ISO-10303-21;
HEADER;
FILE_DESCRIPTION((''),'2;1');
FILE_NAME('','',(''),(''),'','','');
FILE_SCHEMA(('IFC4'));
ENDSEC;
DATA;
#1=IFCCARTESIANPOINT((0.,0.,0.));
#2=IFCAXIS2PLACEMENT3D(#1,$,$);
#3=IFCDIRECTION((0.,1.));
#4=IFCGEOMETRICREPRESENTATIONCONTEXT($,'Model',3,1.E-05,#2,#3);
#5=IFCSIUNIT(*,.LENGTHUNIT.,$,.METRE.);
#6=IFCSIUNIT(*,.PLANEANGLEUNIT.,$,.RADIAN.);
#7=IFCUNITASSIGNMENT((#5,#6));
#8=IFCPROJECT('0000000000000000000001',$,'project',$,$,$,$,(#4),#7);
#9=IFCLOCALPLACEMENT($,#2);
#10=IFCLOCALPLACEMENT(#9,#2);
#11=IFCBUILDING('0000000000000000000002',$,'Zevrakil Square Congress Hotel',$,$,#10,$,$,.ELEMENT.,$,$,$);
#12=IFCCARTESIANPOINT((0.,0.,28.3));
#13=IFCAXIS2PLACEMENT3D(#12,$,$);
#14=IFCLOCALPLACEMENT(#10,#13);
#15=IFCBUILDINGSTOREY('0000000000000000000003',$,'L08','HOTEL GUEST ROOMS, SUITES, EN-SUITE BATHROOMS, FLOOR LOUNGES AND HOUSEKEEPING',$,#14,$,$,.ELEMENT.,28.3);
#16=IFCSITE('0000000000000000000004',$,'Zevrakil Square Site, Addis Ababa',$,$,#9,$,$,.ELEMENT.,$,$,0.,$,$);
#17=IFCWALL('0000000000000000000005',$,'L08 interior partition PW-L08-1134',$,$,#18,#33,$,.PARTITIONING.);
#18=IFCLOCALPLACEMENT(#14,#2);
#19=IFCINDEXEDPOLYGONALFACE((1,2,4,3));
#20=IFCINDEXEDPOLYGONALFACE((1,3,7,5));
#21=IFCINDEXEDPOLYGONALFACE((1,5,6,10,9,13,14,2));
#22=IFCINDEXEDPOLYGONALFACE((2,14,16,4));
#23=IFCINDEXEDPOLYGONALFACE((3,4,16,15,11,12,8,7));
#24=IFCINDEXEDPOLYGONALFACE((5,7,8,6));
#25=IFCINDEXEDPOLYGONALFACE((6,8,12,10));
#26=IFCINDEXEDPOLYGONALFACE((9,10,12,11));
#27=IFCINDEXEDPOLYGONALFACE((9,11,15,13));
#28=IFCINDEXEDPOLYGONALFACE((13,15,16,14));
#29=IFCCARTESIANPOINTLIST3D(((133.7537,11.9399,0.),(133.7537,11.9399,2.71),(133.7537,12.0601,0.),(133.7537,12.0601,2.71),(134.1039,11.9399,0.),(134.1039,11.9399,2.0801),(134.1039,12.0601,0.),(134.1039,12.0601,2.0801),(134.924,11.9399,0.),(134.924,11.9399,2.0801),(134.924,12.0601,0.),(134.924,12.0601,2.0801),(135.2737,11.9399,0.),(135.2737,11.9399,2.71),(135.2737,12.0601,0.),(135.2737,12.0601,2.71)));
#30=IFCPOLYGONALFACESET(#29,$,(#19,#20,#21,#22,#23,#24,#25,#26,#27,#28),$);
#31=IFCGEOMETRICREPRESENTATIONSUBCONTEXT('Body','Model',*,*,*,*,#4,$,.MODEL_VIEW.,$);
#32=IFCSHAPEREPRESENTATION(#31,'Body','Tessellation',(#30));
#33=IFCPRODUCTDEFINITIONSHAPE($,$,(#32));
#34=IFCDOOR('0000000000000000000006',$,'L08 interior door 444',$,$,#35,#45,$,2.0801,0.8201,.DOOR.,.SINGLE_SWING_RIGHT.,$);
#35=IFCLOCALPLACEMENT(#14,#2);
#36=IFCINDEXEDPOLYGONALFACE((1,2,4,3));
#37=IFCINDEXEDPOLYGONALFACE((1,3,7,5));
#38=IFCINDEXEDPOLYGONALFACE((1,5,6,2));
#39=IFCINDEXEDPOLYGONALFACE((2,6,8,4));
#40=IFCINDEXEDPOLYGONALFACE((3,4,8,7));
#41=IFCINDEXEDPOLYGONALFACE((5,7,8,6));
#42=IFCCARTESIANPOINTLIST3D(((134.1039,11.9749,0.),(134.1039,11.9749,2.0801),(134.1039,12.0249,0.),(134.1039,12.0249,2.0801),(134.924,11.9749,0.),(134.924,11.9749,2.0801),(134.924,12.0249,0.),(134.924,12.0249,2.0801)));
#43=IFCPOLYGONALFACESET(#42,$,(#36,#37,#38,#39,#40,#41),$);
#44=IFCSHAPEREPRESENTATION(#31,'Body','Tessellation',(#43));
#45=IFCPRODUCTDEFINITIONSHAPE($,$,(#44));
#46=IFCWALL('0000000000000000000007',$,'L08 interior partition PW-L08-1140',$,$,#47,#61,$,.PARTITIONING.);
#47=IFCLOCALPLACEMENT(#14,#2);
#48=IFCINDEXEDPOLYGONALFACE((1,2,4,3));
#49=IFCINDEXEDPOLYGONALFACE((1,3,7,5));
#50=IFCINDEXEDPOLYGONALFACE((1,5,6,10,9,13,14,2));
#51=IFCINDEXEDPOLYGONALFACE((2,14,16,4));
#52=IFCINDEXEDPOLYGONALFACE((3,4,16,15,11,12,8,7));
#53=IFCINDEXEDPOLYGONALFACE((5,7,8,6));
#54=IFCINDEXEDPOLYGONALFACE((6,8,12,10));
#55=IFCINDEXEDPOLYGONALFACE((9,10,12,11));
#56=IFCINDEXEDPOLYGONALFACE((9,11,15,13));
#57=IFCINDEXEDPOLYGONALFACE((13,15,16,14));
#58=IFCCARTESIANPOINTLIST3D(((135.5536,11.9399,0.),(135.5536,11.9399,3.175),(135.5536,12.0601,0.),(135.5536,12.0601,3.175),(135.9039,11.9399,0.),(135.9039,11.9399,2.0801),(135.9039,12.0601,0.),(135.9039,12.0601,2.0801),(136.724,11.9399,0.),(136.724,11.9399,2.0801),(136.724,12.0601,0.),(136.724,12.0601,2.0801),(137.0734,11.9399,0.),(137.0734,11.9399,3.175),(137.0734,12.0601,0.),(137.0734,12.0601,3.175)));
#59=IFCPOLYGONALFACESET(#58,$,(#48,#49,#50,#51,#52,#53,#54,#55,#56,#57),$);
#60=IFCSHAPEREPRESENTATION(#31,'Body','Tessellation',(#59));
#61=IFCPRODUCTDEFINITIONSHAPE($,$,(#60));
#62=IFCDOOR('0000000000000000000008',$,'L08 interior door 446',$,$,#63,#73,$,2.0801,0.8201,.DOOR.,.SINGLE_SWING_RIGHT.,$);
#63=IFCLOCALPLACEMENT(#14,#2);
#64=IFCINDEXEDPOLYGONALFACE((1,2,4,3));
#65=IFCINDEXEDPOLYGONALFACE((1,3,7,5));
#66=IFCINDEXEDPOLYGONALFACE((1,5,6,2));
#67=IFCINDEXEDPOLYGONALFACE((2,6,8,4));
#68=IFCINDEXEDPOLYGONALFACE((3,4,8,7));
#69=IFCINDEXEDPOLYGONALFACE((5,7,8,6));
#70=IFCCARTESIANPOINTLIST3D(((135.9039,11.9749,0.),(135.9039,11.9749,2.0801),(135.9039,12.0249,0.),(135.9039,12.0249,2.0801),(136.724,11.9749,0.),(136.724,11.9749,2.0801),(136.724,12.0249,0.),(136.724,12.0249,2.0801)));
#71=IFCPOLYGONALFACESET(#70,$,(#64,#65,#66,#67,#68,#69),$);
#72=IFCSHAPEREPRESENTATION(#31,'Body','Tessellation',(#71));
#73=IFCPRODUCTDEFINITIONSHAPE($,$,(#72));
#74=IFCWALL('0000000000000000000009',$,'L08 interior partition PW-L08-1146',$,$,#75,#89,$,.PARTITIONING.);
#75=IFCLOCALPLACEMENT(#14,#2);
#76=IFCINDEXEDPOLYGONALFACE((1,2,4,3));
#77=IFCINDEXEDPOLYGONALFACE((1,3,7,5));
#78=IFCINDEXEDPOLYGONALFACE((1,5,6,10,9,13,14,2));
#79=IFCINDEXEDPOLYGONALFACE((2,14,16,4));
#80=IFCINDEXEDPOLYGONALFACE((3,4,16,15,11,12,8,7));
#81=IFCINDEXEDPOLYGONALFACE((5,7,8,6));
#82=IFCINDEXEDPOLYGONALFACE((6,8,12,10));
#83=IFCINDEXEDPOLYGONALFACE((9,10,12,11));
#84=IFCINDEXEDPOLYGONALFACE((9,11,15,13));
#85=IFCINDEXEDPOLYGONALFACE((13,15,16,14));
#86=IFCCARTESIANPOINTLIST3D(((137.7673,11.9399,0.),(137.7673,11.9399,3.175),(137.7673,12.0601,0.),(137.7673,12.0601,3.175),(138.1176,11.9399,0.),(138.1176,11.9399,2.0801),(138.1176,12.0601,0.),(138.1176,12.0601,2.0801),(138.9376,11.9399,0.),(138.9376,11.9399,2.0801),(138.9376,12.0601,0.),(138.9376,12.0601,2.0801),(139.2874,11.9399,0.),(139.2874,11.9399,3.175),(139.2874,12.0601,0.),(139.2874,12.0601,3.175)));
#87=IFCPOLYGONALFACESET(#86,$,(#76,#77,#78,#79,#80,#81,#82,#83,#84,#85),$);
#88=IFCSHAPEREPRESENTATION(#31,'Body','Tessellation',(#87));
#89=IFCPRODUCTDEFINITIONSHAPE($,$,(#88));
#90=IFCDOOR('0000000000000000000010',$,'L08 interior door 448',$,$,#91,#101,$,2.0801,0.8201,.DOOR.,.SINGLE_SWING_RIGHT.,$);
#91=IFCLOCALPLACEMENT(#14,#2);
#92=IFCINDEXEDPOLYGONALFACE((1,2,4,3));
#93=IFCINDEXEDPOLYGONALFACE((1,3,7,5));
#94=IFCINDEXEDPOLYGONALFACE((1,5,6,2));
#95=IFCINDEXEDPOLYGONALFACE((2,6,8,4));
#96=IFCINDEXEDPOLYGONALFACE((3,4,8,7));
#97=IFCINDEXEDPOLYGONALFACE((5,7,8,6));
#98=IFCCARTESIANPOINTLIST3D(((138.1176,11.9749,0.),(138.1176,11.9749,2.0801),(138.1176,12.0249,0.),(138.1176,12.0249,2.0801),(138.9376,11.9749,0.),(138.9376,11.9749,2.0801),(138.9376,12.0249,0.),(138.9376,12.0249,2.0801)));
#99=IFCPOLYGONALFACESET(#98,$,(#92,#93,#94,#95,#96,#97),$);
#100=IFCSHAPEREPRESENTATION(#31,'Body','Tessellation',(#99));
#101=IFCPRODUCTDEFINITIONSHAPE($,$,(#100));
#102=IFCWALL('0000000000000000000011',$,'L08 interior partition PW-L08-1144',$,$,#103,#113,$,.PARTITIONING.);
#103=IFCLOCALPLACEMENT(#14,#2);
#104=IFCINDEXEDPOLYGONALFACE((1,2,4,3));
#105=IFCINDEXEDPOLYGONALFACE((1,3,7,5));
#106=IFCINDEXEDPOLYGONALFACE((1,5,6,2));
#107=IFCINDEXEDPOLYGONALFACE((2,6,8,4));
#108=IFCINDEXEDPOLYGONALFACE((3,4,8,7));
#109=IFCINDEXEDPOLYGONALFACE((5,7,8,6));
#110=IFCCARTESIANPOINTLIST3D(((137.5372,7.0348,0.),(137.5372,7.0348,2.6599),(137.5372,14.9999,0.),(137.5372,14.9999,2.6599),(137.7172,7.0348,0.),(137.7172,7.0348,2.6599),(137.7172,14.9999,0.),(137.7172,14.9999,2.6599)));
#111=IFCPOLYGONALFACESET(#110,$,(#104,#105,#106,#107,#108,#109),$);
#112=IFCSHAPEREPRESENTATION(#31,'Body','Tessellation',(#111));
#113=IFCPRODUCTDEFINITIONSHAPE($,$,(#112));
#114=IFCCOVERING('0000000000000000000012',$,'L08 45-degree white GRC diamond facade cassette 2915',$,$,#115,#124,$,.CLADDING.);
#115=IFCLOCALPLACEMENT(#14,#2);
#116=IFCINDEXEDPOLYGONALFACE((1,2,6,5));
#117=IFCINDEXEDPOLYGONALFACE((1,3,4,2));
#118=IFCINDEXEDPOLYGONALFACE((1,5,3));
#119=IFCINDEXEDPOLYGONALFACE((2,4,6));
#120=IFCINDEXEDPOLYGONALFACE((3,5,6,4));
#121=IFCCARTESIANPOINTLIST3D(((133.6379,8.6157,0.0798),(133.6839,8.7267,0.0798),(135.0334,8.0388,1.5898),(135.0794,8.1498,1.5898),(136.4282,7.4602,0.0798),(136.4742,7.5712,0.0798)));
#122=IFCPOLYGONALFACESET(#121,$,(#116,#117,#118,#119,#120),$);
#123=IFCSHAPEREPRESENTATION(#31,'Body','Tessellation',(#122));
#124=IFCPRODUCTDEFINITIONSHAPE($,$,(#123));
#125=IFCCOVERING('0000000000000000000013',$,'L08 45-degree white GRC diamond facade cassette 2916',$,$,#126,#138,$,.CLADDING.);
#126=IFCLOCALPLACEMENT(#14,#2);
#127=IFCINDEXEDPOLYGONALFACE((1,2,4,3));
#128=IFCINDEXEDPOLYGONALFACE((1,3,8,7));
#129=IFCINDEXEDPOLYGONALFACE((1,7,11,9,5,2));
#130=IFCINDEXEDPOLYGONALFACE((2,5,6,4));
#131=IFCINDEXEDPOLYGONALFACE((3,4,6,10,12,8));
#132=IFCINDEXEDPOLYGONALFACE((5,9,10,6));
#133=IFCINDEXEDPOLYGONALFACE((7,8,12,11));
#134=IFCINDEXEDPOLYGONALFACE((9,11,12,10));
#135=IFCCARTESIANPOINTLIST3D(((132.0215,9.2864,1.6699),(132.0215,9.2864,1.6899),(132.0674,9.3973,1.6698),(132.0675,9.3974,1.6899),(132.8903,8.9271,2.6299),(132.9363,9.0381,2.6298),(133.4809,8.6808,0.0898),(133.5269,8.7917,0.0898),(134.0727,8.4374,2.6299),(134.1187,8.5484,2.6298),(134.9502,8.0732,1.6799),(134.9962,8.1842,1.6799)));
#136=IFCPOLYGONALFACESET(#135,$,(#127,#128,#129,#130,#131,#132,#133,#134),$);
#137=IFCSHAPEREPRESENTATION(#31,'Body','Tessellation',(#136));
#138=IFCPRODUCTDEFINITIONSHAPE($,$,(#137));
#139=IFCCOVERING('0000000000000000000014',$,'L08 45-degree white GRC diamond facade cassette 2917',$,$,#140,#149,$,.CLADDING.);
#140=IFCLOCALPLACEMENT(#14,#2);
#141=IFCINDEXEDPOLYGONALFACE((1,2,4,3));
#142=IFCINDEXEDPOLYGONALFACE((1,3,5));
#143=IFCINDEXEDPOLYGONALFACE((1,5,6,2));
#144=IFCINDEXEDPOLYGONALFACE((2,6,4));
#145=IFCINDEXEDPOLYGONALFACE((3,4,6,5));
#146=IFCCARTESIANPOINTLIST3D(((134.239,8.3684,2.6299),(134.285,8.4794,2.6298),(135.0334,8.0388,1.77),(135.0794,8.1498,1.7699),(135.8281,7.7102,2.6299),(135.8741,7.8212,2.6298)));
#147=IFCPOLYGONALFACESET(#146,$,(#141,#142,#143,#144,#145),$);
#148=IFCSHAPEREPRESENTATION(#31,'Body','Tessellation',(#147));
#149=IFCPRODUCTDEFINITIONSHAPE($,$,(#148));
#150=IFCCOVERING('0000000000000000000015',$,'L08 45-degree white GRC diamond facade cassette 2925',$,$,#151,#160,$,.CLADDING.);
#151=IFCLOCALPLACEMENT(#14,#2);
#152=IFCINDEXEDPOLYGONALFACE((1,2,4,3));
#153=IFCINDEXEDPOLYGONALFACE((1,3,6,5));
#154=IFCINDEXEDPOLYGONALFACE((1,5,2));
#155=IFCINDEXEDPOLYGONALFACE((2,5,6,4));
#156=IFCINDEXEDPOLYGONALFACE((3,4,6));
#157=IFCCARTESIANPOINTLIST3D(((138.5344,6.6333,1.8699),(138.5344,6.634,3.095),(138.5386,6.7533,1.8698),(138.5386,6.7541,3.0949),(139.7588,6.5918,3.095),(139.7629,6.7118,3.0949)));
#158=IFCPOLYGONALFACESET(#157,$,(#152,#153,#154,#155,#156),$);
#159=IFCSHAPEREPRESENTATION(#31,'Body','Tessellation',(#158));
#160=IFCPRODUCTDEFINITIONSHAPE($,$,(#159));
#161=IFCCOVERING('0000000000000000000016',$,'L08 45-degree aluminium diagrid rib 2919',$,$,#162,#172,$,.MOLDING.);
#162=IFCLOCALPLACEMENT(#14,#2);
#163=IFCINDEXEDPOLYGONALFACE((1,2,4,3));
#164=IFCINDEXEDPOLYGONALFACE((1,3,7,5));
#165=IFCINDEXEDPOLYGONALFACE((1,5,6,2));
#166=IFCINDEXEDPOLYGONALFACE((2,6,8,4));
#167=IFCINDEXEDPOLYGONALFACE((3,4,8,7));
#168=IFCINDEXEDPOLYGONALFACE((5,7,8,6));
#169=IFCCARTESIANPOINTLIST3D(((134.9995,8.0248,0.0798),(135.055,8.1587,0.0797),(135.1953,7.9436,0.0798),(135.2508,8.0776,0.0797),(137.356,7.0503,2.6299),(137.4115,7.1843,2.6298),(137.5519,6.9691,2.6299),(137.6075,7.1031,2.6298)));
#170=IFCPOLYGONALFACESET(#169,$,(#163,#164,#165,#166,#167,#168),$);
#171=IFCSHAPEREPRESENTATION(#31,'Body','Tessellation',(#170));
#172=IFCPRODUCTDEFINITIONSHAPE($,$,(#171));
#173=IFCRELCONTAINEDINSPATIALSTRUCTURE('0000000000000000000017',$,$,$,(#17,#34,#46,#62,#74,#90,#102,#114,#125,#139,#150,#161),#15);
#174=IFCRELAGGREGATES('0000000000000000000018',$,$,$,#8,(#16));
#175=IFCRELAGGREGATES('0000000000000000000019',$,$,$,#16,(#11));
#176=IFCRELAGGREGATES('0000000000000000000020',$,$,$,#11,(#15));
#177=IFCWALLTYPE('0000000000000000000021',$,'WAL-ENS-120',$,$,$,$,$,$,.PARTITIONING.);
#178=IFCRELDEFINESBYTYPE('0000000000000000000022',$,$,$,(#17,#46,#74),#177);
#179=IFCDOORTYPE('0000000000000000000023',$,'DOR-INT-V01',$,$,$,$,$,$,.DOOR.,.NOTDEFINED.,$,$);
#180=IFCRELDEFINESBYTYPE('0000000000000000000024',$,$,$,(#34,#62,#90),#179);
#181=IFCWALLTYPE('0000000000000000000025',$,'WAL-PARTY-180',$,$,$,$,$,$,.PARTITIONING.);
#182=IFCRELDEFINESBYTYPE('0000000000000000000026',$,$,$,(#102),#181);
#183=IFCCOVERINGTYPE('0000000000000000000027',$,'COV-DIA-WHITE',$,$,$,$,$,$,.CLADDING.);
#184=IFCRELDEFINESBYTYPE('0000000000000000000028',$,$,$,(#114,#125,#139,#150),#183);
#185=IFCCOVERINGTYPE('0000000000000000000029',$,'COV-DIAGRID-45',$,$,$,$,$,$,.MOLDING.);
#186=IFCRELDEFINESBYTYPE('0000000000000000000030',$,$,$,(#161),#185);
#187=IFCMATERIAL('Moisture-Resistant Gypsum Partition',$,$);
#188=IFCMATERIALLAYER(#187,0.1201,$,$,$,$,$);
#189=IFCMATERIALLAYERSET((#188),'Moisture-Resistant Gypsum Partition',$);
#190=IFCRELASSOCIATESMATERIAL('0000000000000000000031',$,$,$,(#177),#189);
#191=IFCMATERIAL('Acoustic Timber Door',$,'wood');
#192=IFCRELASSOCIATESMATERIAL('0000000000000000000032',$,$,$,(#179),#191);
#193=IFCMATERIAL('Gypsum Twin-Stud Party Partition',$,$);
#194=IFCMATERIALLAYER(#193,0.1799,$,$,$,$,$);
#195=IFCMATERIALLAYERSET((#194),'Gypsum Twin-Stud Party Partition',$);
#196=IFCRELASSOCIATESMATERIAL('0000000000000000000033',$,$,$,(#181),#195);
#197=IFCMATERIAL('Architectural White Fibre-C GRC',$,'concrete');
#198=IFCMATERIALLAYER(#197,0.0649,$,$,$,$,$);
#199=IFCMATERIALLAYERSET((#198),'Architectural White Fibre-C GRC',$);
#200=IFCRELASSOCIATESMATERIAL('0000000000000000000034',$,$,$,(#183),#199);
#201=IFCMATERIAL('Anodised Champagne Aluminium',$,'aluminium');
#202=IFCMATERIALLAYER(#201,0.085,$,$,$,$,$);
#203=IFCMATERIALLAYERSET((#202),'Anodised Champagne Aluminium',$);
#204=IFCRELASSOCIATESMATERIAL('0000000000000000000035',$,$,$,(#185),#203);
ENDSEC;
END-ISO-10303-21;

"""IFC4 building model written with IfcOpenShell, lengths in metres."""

from ifc_helpers import new_model, si_unit, direction, frame, frame_2d, origin, place, context, subcontext, project, spatial, polyline, rectangle, outline, extrude, material, layer, layer_set, type_object, element, fill, save


model = new_model("IFC4")

# Units and contexts
model_context = context("Model", 3, precision=1e-05, world=origin(), true_north=direction((0.0, 1.0)))
body_context = subcontext(model_context, "Body", "Model", "MODEL_VIEW")
ifc_project = project(units=[si_unit("LENGTHUNIT", "METRE"), si_unit("PLANEANGLEUNIT", "RADIAN")], contexts=[model_context])

# Site, building, storey
site_placement = place(None, origin())
site = spatial("IfcSite", under=ifc_project, at=site_placement, Name="Zevrakil Square Site, Addis Ababa", CompositionType="ELEMENT", RefElevation=0.0)
building_placement = place(site_placement, origin())
building = spatial("IfcBuilding", under=site, at=building_placement, Name="Zevrakil Square Congress Hotel", CompositionType="ELEMENT")
storey_placement = place(building_placement, frame((0.0, 0.0, 28.3)))
storey = spatial("IfcBuildingStorey", under=building, at=storey_placement, Name="L08", Description="HOTEL GUEST ROOMS, SUITES, EN-SUITE BATHROOMS, FLOOR LOUNGES AND HOUSEKEEPING", CompositionType="ELEMENT", Elevation=28.3)

# Walls, openings, doors
ifc_material_1 = material(Name="Moisture-Resistant Gypsum Partition")
ifc_layer_1 = layer(ifc_material_1, 0.1201)
ifc_layer_set_1 = layer_set([ifc_layer_1], Name="Moisture-Resistant Gypsum Partition")
wall_type_1 = type_object("IfcWallType", Name="WAL-ENS-120", PredefinedType="PARTITIONING", material=ifc_layer_set_1)
wall_1_placement = place(storey_placement, frame((133.7537, 12.0, 0.0), z_axis=(0.0, 0.0, 1.0), x_axis=(1.0, 0.0, 0.0)))
wall_1 = element("IfcWall", 1, at=wall_1_placement, inside=storey, type_object=wall_type_1, Name="L08 interior partition PW-L08-1134", PredefinedType="PARTITIONING", context=body_context, shape_type="SweptSolid", body=[
    extrude(rectangle(XDim=1.52, YDim=0.1201, at=frame_2d((0.76, 0.0))), origin(), (0.0, 0.0, 1.0), 2.71),
])
opening_1_placement = place(wall_1_placement, frame((0.3501, 0.0, 0.0)))
opening_1 = element("IfcOpeningElement", 2, at=opening_1_placement, cuts=wall_1, PredefinedType="OPENING", context=body_context, shape_type="SweptSolid", body=[
    extrude(rectangle(XDim=0.8201, YDim=2.0801, at=frame_2d((0.4102, 1.04))), frame((0.0, 0.0701, 0.0), z_axis=(0.0, -1.0, 0.0), x_axis=(1.0, 0.0, 0.0)), (0.0, 0.0, 1.0), 0.1401),
])
ifc_material_2 = material(Name="Acoustic Timber Door", Category="wood")
door_type = type_object("IfcDoorType", Name="DOR-INT-V01", OperationType="NOTDEFINED", PredefinedType="DOOR", material=ifc_material_2)
door_1_placement = place(opening_1_placement, origin())
door_1 = element("IfcDoor", 3, at=door_1_placement, inside=storey, type_object=door_type, Name="L08 interior door 444", OperationType="SINGLE_SWING_RIGHT", OverallHeight=2.0801, OverallWidth=0.8201, PredefinedType="DOOR", context=body_context, shape_type="SweptSolid", body=[
    extrude(rectangle(XDim=0.8201, YDim=2.0801, at=frame_2d((0.4102, 1.04))), frame((0.0, 0.0249, 0.0), z_axis=(0.0, -1.0, 0.0), x_axis=(1.0, 0.0, 0.0)), (0.0, 0.0, 1.0), 0.05),
])
fill(opening_1, door_1)
wall_2_placement = place(storey_placement, frame((135.5537, 12.0, 0.0), z_axis=(0.0, 0.0, 1.0), x_axis=(1.0, 0.0, 0.0)))
wall_2 = element("IfcWall", 4, at=wall_2_placement, inside=storey, type_object=wall_type_1, Name="L08 interior partition PW-L08-1140", PredefinedType="PARTITIONING", context=body_context, shape_type="SweptSolid", body=[
    extrude(rectangle(XDim=1.5198, YDim=0.1201, at=frame_2d((0.7598, 0.0))), origin(), (0.0, 0.0, 1.0), 3.175),
])
opening_2_placement = place(wall_2_placement, frame((0.3501, 0.0, 0.0)))
opening_2 = element("IfcOpeningElement", 5, at=opening_2_placement, cuts=wall_2, PredefinedType="OPENING", context=body_context, shape_type="SweptSolid", body=[
    extrude(rectangle(XDim=0.8201, YDim=2.0801, at=frame_2d((0.4102, 1.04))), frame((0.0, 0.0701, 0.0), z_axis=(0.0, -1.0, 0.0), x_axis=(1.0, 0.0, 0.0)), (0.0, 0.0, 1.0), 0.1401),
])
door_2_placement = place(opening_2_placement, origin())
door_2 = element("IfcDoor", 6, at=door_2_placement, inside=storey, type_object=door_type, Name="L08 interior door 446", OperationType="SINGLE_SWING_RIGHT", OverallHeight=2.0801, OverallWidth=0.8201, PredefinedType="DOOR", context=body_context, shape_type="SweptSolid", body=[
    extrude(rectangle(XDim=0.8201, YDim=2.0801, at=frame_2d((0.4102, 1.04))), frame((0.0, 0.0249, 0.0), z_axis=(0.0, -1.0, 0.0), x_axis=(1.0, 0.0, 0.0)), (0.0, 0.0, 1.0), 0.05),
])
fill(opening_2, door_2)
wall_3_placement = place(storey_placement, frame((137.7673, 12.0, 0.0), z_axis=(0.0, 0.0, 1.0), x_axis=(1.0, 0.0, 0.0)))
wall_3 = element("IfcWall", 7, at=wall_3_placement, inside=storey, type_object=wall_type_1, Name="L08 interior partition PW-L08-1146", PredefinedType="PARTITIONING", context=body_context, shape_type="SweptSolid", body=[
    extrude(rectangle(XDim=1.52, YDim=0.1201, at=frame_2d((0.76, 0.0))), origin(), (0.0, 0.0, 1.0), 3.175),
])
opening_3_placement = place(wall_3_placement, frame((0.3501, 0.0, 0.0)))
opening_3 = element("IfcOpeningElement", 8, at=opening_3_placement, cuts=wall_3, PredefinedType="OPENING", context=body_context, shape_type="SweptSolid", body=[
    extrude(rectangle(XDim=0.8201, YDim=2.0801, at=frame_2d((0.4102, 1.04))), frame((0.0, 0.0701, 0.0), z_axis=(0.0, -1.0, 0.0), x_axis=(1.0, 0.0, 0.0)), (0.0, 0.0, 1.0), 0.1401),
])
door_3_placement = place(opening_3_placement, origin())
door_3 = element("IfcDoor", 9, at=door_3_placement, inside=storey, type_object=door_type, Name="L08 interior door 448", OperationType="SINGLE_SWING_RIGHT", OverallHeight=2.0801, OverallWidth=0.8201, PredefinedType="DOOR", context=body_context, shape_type="SweptSolid", body=[
    extrude(rectangle(XDim=0.8201, YDim=2.0801, at=frame_2d((0.4102, 1.04))), frame((0.0, 0.0249, 0.0), z_axis=(0.0, -1.0, 0.0), x_axis=(1.0, 0.0, 0.0)), (0.0, 0.0, 1.0), 0.05),
])
fill(opening_3, door_3)

# Wall
ifc_material_3 = material(Name="Gypsum Twin-Stud Party Partition")
ifc_layer_2 = layer(ifc_material_3, 0.1799)
ifc_layer_set_2 = layer_set([ifc_layer_2], Name="Gypsum Twin-Stud Party Partition")
wall_type_2 = type_object("IfcWallType", Name="WAL-PARTY-180", PredefinedType="PARTITIONING", material=ifc_layer_set_2)
wall_4_placement = place(storey_placement, frame((137.6272, 7.0349, 0.0), z_axis=(0.0, 0.0, 1.0), x_axis=(0.0, 1.0, 0.0)))
element("IfcWall", 10, at=wall_4_placement, inside=storey, type_object=wall_type_2, Name="L08 interior partition PW-L08-1144", PredefinedType="PARTITIONING", context=body_context, shape_type="SweptSolid", body=[
    extrude(rectangle(XDim=7.9651, YDim=0.1799, at=frame_2d((3.9824, 0.0))), origin(), (0.0, 0.0, 1.0), 2.6599),
])

# Coverings
ifc_material_4 = material(Name="Architectural White Fibre-C GRC", Category="concrete")
ifc_layer_3 = layer(ifc_material_4, 0.0649)
ifc_layer_set_3 = layer_set([ifc_layer_3], Name="Architectural White Fibre-C GRC")
covering_type_1 = type_object("IfcCoveringType", Name="COV-DIA-WHITE", PredefinedType="CLADDING", material=ifc_layer_set_3)
covering_1_placement = place(storey_placement, frame((135.0334, 8.0388, 1.5898), z_axis=(-0.382611, -0.923909, 0.000616), x_axis=(0.65314, -0.270951, -0.707102)))
element("IfcCovering", 11, at=covering_1_placement, inside=storey, type_object=covering_type_1, Name="L08 45-degree white GRC diamond facade cassette 2915", PredefinedType="CLADDING", context=body_context, shape_type="SweptSolid", body=[
    extrude(outline(polyline([(0.0, 0.0), (2.1355, 0.0), (0.0, -2.1355), (0.0, 0.0)])), origin(), (0.0, 0.0, -1.0), 0.1201),
])
covering_2_placement = place(storey_placement, frame((134.9502, 8.0732, 1.6799), z_axis=(-0.382688, -0.923877, 0.000642), x_axis=(-0.653424, 0.270169, -0.707139)))
element("IfcCovering", 12, at=covering_2_placement, inside=storey, type_object=covering_type_1, Name="L08 45-degree white GRC diamond facade cassette 2916", PredefinedType="CLADDING", context=body_context, shape_type="SweptSolid", body=[
    extrude(outline(polyline([(0.0, 0.0), (2.2486, 0.0), (2.2485, -2.2346), (2.2344, -2.2487), (0.9049, -2.2485), (0.0, -1.3435), (0.0, 0.0)])), origin(), (0.0, 0.0, -1.0), 0.1201),
])
covering_3_placement = place(storey_placement, frame((135.0334, 8.0388, 1.77), z_axis=(-0.382669, -0.923885, 0.000579), x_axis=(-0.653215, 0.271002, 0.707014)))
element("IfcCovering", 13, at=covering_3_placement, inside=storey, type_object=covering_type_1, Name="L08 45-degree white GRC diamond facade cassette 2917", PredefinedType="CLADDING", context=body_context, shape_type="SweptSolid", body=[
    extrude(outline(polyline([(0.0, 0.0), (1.2162, 0.0), (-0.0002, -1.2161), (0.0, 0.0)])), origin(), (0.0, 0.0, -1.0), 0.1201),
])
covering_4_placement = place(storey_placement, frame((138.5344, 6.6333, 1.8699), z_axis=(-0.034476, -0.999405, 0.000597), x_axis=(0.0, 0.000598, 1.0)))
element("IfcCovering", 14, at=covering_4_placement, inside=storey, type_object=covering_type_1, Name="L08 45-degree white GRC diamond facade cassette 2925", PredefinedType="CLADDING", context=body_context, shape_type="SweptSolid", body=[
    extrude(outline(polyline([(0.0, 0.0), (1.2251, 0.0), (1.2251, -1.2251), (0.0, 0.0)])), origin(), (0.0, 0.0, -1.0), 0.1201),
])
ifc_material_5 = material(Name="Anodised Champagne Aluminium", Category="aluminium")
ifc_layer_4 = layer(ifc_material_5, 0.085)
ifc_layer_set_4 = layer_set([ifc_layer_4], Name="Anodised Champagne Aluminium")
covering_type_2 = type_object("IfcCoveringType", Name="COV-DIAGRID-45", PredefinedType="MOLDING", material=ifc_layer_set_4)
covering_5_placement = place(storey_placement, frame((135.1953, 7.9436, 0.0798), z_axis=(-0.382775, -0.923841, 0.000692), x_axis=(-0.923841, 0.382775, 0.000001)))
element("IfcCovering", 15, at=covering_5_placement, inside=storey, type_object=covering_type_2, Name="L08 45-degree aluminium diagrid rib 2919", PredefinedType="MOLDING", context=body_context, shape_type="SweptSolid", body=[
    extrude(outline(polyline([(0.0, 0.0), (0.212, 0.0), (-2.338, -2.5501), (-2.5502, -2.5501), (0.0, 0.0)])), origin(), (0.0, 0.0, -1.0), 0.145),
])

save(model, "model.ifc")
